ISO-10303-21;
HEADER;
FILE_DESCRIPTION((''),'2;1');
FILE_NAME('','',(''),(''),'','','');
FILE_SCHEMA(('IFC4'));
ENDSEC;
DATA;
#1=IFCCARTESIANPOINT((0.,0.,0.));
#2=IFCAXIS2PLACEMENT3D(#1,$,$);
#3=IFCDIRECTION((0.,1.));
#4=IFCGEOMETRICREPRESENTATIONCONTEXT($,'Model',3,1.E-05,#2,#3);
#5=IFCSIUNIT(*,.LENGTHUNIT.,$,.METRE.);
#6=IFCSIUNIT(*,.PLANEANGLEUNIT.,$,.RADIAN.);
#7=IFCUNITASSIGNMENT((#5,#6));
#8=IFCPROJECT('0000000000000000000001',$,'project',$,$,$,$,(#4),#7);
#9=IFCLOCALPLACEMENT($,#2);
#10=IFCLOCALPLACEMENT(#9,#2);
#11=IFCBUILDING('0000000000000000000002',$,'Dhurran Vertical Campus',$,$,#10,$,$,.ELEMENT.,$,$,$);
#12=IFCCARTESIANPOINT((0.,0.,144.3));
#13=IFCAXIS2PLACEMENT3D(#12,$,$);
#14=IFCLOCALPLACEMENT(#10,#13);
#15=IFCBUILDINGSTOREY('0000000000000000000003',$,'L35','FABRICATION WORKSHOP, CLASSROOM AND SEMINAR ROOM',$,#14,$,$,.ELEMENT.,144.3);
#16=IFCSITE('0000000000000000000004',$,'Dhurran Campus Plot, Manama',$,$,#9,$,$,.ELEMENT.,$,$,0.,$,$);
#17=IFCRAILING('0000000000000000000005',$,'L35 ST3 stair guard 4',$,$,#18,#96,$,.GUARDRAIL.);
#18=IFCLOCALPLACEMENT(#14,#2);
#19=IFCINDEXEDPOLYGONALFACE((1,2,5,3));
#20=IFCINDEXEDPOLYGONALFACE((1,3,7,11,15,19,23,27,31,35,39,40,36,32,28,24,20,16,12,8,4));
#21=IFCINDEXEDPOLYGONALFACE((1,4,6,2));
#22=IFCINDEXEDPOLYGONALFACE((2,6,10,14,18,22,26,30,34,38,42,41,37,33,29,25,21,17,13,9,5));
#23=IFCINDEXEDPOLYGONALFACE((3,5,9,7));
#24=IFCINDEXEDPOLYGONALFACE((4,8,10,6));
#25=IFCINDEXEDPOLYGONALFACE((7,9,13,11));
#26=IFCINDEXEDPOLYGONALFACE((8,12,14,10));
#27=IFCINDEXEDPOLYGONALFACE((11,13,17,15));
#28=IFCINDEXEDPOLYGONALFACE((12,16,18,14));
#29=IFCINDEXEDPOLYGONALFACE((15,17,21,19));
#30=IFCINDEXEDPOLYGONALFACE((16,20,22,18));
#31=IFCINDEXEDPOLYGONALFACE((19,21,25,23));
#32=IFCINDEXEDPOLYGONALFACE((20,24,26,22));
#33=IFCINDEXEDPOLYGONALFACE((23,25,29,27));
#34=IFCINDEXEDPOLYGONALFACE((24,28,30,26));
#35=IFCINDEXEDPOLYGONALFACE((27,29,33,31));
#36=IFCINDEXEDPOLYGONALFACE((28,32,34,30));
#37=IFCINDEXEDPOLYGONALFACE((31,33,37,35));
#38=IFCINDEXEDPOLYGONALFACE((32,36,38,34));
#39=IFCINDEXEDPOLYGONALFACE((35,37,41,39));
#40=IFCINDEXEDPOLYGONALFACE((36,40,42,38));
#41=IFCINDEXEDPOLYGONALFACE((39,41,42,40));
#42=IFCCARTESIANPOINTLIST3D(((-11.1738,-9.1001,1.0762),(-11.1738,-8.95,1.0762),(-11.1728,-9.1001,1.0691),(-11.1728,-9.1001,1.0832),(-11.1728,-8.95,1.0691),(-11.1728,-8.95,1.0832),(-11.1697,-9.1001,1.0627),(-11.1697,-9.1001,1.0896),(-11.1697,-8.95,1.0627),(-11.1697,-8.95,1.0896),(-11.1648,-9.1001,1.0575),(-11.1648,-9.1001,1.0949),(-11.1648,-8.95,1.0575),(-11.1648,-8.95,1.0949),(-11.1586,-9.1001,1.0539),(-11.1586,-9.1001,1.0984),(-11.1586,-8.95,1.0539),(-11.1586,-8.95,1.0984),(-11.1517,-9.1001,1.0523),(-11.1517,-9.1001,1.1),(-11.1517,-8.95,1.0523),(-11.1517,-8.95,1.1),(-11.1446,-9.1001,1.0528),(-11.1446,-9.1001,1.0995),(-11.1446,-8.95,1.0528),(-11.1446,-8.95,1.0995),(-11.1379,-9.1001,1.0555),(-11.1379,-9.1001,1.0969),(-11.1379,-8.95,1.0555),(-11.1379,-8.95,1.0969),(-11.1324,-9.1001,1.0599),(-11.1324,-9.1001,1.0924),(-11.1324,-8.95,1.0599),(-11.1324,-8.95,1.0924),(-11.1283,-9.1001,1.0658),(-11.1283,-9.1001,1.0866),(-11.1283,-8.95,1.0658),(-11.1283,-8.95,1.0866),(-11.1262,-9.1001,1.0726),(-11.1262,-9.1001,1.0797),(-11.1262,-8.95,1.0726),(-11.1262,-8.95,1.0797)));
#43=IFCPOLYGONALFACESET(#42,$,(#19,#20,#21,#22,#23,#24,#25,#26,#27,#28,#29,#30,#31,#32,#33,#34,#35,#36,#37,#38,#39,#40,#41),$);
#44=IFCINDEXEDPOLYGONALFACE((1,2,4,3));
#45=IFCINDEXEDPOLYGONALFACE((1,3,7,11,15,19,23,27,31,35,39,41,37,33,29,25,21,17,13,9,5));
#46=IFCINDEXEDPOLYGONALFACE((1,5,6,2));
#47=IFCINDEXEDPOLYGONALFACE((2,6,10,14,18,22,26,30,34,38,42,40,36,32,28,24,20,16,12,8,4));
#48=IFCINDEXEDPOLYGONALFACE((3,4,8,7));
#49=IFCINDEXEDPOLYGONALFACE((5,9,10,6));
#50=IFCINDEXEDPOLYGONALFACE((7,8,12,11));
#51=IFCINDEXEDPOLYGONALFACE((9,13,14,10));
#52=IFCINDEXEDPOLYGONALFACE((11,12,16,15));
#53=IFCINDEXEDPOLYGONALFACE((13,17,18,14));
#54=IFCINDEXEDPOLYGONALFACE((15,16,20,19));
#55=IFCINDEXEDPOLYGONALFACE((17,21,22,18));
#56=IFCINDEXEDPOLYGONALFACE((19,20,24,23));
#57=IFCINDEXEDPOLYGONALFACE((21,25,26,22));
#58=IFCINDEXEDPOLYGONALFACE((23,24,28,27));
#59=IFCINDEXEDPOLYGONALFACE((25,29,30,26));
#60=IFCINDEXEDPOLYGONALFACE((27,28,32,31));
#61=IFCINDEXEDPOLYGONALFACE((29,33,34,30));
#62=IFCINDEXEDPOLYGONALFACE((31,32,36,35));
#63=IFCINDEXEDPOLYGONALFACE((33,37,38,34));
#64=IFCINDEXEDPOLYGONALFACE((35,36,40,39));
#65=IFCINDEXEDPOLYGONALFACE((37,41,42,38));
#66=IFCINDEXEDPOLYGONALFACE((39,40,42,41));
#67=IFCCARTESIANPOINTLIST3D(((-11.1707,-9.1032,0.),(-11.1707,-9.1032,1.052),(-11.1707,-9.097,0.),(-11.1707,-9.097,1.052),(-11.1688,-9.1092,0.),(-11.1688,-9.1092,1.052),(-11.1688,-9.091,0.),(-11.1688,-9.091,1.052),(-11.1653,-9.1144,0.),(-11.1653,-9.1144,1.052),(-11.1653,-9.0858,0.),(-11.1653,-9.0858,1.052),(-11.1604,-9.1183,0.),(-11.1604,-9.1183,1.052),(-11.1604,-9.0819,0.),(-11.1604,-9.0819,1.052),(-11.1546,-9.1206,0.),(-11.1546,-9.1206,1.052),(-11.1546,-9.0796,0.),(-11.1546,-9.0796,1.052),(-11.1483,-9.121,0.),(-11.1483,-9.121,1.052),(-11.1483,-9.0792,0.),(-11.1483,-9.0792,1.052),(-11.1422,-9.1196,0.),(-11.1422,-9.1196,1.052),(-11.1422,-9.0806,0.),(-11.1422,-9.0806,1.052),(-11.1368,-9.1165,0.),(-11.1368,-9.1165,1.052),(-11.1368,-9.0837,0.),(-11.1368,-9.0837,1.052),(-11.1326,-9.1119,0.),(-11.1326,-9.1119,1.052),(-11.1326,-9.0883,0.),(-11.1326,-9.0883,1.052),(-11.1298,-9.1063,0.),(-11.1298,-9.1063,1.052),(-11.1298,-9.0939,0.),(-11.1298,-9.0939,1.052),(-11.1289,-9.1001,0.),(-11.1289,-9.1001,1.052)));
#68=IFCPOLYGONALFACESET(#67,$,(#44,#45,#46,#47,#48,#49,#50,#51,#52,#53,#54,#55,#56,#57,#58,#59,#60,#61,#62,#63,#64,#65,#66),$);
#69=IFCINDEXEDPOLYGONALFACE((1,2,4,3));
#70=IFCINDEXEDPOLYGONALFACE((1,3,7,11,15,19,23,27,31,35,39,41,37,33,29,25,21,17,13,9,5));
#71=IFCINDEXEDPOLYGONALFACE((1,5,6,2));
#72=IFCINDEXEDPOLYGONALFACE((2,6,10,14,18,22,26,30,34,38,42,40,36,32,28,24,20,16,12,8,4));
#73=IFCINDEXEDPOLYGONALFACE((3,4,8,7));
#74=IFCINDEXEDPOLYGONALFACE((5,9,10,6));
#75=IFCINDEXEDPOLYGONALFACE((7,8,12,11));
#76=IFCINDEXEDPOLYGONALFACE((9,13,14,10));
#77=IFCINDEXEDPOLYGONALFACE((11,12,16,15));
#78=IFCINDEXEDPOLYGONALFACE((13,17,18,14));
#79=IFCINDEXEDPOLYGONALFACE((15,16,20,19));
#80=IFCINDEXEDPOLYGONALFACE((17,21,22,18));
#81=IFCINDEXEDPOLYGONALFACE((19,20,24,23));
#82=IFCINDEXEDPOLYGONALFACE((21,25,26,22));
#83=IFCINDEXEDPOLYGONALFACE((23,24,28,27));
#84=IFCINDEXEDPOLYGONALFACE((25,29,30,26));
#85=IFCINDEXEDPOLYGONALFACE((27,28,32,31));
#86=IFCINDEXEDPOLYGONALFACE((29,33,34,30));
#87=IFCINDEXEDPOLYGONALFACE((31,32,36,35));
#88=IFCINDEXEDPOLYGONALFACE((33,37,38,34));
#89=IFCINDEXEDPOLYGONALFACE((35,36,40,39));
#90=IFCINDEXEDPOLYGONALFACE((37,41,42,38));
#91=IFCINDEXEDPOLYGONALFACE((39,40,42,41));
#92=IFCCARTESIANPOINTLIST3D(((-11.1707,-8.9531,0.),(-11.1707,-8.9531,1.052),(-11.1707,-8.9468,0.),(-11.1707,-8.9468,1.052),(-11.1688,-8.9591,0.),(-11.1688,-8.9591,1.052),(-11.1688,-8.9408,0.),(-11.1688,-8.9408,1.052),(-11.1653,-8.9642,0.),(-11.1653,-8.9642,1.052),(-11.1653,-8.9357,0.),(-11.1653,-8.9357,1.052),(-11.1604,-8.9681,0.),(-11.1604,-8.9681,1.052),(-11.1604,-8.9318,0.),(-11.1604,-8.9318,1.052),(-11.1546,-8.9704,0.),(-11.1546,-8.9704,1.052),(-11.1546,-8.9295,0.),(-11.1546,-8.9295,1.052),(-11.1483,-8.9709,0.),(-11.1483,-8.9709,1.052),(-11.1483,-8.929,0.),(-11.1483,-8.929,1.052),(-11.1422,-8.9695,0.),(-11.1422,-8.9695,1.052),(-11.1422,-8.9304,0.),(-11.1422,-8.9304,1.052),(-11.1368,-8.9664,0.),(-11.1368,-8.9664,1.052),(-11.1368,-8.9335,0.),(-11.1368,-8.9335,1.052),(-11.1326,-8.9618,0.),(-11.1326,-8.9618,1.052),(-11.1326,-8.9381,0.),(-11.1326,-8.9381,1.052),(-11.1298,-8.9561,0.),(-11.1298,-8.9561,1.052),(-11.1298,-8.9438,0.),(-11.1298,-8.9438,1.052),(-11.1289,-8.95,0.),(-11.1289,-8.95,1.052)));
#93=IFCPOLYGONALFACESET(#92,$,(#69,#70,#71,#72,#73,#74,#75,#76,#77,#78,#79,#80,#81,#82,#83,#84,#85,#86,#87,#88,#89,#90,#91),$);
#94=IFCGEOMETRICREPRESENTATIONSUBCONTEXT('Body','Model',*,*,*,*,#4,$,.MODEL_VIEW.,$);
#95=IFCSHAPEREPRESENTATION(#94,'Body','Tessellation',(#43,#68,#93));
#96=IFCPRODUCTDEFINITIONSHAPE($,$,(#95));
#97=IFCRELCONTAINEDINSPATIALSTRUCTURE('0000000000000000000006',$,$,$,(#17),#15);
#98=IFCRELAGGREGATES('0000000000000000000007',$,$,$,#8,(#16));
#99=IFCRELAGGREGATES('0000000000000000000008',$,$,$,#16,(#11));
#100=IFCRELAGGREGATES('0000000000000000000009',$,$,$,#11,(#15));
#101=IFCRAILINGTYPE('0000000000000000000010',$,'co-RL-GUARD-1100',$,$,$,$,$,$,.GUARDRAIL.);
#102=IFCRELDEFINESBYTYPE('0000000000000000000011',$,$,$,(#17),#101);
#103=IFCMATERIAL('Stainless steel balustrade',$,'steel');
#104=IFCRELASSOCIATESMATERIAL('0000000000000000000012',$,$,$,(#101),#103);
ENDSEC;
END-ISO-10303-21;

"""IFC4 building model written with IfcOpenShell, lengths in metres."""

from ifc_helpers import new_model, si_unit, direction, frame, origin, origin_2d, place, context, subcontext, project, spatial, circle, extrude, material, type_object, element, save


model = new_model("IFC4")

# Units and contexts
model_context = context("Model", 3, precision=1e-05, world=origin(), true_north=direction((0.0, 1.0)))
body_context = subcontext(model_context, "Body", "Model", "MODEL_VIEW")
ifc_project = project(units=[si_unit("LENGTHUNIT", "METRE"), si_unit("PLANEANGLEUNIT", "RADIAN")], contexts=[model_context])

# Site, building, storey
site_placement = place(None, origin())
site = spatial("IfcSite", under=ifc_project, at=site_placement, Name="Dhurran Campus Plot, Manama", CompositionType="ELEMENT", RefElevation=0.0)
building_placement = place(site_placement, origin())
building = spatial("IfcBuilding", under=site, at=building_placement, Name="Dhurran Vertical Campus", CompositionType="ELEMENT")
storey_placement = place(building_placement, frame((0.0, 0.0, 144.3)))
storey = spatial("IfcBuildingStorey", under=building, at=storey_placement, Name="L35", Description="FABRICATION WORKSHOP, CLASSROOM AND SEMINAR ROOM", CompositionType="ELEMENT", Elevation=144.3)

# Railing
ifc_material_1 = material(Name="Stainless steel balustrade", Category="steel")
railing_type_1 = type_object("IfcRailingType", Name="co-RL-GUARD-1100", PredefinedType="GUARDRAIL", material=ifc_material_1)
railing_1_placement = place(storey_placement, frame((-11.1499, -9.1001, 0.0)))
element("IfcRailing", 1, at=railing_1_placement, inside=storey, type_object=railing_type_1, Name="L35 ST3 stair guard 4", PredefinedType="GUARDRAIL", context=body_context, shape_type="SweptSolid", body=[
    extrude(circle(Radius=0.0239, at=origin_2d()), frame((0.0, 0.0, 1.0762), z_axis=(0.0, 1.0, 0.0), x_axis=(-1.0, 0.0, 0.0)), (0.0, 0.0, 1.0), 0.1501),
    extrude(circle(Radius=0.021, at=origin_2d()), origin(), (0.0, 0.0, 1.0), 1.052),
    extrude(circle(Radius=0.021, at=origin_2d()), frame((0.0, 0.1501, 0.0)), (0.0, 0.0, 1.0), 1.052),
])

save(model, "model.ifc")
